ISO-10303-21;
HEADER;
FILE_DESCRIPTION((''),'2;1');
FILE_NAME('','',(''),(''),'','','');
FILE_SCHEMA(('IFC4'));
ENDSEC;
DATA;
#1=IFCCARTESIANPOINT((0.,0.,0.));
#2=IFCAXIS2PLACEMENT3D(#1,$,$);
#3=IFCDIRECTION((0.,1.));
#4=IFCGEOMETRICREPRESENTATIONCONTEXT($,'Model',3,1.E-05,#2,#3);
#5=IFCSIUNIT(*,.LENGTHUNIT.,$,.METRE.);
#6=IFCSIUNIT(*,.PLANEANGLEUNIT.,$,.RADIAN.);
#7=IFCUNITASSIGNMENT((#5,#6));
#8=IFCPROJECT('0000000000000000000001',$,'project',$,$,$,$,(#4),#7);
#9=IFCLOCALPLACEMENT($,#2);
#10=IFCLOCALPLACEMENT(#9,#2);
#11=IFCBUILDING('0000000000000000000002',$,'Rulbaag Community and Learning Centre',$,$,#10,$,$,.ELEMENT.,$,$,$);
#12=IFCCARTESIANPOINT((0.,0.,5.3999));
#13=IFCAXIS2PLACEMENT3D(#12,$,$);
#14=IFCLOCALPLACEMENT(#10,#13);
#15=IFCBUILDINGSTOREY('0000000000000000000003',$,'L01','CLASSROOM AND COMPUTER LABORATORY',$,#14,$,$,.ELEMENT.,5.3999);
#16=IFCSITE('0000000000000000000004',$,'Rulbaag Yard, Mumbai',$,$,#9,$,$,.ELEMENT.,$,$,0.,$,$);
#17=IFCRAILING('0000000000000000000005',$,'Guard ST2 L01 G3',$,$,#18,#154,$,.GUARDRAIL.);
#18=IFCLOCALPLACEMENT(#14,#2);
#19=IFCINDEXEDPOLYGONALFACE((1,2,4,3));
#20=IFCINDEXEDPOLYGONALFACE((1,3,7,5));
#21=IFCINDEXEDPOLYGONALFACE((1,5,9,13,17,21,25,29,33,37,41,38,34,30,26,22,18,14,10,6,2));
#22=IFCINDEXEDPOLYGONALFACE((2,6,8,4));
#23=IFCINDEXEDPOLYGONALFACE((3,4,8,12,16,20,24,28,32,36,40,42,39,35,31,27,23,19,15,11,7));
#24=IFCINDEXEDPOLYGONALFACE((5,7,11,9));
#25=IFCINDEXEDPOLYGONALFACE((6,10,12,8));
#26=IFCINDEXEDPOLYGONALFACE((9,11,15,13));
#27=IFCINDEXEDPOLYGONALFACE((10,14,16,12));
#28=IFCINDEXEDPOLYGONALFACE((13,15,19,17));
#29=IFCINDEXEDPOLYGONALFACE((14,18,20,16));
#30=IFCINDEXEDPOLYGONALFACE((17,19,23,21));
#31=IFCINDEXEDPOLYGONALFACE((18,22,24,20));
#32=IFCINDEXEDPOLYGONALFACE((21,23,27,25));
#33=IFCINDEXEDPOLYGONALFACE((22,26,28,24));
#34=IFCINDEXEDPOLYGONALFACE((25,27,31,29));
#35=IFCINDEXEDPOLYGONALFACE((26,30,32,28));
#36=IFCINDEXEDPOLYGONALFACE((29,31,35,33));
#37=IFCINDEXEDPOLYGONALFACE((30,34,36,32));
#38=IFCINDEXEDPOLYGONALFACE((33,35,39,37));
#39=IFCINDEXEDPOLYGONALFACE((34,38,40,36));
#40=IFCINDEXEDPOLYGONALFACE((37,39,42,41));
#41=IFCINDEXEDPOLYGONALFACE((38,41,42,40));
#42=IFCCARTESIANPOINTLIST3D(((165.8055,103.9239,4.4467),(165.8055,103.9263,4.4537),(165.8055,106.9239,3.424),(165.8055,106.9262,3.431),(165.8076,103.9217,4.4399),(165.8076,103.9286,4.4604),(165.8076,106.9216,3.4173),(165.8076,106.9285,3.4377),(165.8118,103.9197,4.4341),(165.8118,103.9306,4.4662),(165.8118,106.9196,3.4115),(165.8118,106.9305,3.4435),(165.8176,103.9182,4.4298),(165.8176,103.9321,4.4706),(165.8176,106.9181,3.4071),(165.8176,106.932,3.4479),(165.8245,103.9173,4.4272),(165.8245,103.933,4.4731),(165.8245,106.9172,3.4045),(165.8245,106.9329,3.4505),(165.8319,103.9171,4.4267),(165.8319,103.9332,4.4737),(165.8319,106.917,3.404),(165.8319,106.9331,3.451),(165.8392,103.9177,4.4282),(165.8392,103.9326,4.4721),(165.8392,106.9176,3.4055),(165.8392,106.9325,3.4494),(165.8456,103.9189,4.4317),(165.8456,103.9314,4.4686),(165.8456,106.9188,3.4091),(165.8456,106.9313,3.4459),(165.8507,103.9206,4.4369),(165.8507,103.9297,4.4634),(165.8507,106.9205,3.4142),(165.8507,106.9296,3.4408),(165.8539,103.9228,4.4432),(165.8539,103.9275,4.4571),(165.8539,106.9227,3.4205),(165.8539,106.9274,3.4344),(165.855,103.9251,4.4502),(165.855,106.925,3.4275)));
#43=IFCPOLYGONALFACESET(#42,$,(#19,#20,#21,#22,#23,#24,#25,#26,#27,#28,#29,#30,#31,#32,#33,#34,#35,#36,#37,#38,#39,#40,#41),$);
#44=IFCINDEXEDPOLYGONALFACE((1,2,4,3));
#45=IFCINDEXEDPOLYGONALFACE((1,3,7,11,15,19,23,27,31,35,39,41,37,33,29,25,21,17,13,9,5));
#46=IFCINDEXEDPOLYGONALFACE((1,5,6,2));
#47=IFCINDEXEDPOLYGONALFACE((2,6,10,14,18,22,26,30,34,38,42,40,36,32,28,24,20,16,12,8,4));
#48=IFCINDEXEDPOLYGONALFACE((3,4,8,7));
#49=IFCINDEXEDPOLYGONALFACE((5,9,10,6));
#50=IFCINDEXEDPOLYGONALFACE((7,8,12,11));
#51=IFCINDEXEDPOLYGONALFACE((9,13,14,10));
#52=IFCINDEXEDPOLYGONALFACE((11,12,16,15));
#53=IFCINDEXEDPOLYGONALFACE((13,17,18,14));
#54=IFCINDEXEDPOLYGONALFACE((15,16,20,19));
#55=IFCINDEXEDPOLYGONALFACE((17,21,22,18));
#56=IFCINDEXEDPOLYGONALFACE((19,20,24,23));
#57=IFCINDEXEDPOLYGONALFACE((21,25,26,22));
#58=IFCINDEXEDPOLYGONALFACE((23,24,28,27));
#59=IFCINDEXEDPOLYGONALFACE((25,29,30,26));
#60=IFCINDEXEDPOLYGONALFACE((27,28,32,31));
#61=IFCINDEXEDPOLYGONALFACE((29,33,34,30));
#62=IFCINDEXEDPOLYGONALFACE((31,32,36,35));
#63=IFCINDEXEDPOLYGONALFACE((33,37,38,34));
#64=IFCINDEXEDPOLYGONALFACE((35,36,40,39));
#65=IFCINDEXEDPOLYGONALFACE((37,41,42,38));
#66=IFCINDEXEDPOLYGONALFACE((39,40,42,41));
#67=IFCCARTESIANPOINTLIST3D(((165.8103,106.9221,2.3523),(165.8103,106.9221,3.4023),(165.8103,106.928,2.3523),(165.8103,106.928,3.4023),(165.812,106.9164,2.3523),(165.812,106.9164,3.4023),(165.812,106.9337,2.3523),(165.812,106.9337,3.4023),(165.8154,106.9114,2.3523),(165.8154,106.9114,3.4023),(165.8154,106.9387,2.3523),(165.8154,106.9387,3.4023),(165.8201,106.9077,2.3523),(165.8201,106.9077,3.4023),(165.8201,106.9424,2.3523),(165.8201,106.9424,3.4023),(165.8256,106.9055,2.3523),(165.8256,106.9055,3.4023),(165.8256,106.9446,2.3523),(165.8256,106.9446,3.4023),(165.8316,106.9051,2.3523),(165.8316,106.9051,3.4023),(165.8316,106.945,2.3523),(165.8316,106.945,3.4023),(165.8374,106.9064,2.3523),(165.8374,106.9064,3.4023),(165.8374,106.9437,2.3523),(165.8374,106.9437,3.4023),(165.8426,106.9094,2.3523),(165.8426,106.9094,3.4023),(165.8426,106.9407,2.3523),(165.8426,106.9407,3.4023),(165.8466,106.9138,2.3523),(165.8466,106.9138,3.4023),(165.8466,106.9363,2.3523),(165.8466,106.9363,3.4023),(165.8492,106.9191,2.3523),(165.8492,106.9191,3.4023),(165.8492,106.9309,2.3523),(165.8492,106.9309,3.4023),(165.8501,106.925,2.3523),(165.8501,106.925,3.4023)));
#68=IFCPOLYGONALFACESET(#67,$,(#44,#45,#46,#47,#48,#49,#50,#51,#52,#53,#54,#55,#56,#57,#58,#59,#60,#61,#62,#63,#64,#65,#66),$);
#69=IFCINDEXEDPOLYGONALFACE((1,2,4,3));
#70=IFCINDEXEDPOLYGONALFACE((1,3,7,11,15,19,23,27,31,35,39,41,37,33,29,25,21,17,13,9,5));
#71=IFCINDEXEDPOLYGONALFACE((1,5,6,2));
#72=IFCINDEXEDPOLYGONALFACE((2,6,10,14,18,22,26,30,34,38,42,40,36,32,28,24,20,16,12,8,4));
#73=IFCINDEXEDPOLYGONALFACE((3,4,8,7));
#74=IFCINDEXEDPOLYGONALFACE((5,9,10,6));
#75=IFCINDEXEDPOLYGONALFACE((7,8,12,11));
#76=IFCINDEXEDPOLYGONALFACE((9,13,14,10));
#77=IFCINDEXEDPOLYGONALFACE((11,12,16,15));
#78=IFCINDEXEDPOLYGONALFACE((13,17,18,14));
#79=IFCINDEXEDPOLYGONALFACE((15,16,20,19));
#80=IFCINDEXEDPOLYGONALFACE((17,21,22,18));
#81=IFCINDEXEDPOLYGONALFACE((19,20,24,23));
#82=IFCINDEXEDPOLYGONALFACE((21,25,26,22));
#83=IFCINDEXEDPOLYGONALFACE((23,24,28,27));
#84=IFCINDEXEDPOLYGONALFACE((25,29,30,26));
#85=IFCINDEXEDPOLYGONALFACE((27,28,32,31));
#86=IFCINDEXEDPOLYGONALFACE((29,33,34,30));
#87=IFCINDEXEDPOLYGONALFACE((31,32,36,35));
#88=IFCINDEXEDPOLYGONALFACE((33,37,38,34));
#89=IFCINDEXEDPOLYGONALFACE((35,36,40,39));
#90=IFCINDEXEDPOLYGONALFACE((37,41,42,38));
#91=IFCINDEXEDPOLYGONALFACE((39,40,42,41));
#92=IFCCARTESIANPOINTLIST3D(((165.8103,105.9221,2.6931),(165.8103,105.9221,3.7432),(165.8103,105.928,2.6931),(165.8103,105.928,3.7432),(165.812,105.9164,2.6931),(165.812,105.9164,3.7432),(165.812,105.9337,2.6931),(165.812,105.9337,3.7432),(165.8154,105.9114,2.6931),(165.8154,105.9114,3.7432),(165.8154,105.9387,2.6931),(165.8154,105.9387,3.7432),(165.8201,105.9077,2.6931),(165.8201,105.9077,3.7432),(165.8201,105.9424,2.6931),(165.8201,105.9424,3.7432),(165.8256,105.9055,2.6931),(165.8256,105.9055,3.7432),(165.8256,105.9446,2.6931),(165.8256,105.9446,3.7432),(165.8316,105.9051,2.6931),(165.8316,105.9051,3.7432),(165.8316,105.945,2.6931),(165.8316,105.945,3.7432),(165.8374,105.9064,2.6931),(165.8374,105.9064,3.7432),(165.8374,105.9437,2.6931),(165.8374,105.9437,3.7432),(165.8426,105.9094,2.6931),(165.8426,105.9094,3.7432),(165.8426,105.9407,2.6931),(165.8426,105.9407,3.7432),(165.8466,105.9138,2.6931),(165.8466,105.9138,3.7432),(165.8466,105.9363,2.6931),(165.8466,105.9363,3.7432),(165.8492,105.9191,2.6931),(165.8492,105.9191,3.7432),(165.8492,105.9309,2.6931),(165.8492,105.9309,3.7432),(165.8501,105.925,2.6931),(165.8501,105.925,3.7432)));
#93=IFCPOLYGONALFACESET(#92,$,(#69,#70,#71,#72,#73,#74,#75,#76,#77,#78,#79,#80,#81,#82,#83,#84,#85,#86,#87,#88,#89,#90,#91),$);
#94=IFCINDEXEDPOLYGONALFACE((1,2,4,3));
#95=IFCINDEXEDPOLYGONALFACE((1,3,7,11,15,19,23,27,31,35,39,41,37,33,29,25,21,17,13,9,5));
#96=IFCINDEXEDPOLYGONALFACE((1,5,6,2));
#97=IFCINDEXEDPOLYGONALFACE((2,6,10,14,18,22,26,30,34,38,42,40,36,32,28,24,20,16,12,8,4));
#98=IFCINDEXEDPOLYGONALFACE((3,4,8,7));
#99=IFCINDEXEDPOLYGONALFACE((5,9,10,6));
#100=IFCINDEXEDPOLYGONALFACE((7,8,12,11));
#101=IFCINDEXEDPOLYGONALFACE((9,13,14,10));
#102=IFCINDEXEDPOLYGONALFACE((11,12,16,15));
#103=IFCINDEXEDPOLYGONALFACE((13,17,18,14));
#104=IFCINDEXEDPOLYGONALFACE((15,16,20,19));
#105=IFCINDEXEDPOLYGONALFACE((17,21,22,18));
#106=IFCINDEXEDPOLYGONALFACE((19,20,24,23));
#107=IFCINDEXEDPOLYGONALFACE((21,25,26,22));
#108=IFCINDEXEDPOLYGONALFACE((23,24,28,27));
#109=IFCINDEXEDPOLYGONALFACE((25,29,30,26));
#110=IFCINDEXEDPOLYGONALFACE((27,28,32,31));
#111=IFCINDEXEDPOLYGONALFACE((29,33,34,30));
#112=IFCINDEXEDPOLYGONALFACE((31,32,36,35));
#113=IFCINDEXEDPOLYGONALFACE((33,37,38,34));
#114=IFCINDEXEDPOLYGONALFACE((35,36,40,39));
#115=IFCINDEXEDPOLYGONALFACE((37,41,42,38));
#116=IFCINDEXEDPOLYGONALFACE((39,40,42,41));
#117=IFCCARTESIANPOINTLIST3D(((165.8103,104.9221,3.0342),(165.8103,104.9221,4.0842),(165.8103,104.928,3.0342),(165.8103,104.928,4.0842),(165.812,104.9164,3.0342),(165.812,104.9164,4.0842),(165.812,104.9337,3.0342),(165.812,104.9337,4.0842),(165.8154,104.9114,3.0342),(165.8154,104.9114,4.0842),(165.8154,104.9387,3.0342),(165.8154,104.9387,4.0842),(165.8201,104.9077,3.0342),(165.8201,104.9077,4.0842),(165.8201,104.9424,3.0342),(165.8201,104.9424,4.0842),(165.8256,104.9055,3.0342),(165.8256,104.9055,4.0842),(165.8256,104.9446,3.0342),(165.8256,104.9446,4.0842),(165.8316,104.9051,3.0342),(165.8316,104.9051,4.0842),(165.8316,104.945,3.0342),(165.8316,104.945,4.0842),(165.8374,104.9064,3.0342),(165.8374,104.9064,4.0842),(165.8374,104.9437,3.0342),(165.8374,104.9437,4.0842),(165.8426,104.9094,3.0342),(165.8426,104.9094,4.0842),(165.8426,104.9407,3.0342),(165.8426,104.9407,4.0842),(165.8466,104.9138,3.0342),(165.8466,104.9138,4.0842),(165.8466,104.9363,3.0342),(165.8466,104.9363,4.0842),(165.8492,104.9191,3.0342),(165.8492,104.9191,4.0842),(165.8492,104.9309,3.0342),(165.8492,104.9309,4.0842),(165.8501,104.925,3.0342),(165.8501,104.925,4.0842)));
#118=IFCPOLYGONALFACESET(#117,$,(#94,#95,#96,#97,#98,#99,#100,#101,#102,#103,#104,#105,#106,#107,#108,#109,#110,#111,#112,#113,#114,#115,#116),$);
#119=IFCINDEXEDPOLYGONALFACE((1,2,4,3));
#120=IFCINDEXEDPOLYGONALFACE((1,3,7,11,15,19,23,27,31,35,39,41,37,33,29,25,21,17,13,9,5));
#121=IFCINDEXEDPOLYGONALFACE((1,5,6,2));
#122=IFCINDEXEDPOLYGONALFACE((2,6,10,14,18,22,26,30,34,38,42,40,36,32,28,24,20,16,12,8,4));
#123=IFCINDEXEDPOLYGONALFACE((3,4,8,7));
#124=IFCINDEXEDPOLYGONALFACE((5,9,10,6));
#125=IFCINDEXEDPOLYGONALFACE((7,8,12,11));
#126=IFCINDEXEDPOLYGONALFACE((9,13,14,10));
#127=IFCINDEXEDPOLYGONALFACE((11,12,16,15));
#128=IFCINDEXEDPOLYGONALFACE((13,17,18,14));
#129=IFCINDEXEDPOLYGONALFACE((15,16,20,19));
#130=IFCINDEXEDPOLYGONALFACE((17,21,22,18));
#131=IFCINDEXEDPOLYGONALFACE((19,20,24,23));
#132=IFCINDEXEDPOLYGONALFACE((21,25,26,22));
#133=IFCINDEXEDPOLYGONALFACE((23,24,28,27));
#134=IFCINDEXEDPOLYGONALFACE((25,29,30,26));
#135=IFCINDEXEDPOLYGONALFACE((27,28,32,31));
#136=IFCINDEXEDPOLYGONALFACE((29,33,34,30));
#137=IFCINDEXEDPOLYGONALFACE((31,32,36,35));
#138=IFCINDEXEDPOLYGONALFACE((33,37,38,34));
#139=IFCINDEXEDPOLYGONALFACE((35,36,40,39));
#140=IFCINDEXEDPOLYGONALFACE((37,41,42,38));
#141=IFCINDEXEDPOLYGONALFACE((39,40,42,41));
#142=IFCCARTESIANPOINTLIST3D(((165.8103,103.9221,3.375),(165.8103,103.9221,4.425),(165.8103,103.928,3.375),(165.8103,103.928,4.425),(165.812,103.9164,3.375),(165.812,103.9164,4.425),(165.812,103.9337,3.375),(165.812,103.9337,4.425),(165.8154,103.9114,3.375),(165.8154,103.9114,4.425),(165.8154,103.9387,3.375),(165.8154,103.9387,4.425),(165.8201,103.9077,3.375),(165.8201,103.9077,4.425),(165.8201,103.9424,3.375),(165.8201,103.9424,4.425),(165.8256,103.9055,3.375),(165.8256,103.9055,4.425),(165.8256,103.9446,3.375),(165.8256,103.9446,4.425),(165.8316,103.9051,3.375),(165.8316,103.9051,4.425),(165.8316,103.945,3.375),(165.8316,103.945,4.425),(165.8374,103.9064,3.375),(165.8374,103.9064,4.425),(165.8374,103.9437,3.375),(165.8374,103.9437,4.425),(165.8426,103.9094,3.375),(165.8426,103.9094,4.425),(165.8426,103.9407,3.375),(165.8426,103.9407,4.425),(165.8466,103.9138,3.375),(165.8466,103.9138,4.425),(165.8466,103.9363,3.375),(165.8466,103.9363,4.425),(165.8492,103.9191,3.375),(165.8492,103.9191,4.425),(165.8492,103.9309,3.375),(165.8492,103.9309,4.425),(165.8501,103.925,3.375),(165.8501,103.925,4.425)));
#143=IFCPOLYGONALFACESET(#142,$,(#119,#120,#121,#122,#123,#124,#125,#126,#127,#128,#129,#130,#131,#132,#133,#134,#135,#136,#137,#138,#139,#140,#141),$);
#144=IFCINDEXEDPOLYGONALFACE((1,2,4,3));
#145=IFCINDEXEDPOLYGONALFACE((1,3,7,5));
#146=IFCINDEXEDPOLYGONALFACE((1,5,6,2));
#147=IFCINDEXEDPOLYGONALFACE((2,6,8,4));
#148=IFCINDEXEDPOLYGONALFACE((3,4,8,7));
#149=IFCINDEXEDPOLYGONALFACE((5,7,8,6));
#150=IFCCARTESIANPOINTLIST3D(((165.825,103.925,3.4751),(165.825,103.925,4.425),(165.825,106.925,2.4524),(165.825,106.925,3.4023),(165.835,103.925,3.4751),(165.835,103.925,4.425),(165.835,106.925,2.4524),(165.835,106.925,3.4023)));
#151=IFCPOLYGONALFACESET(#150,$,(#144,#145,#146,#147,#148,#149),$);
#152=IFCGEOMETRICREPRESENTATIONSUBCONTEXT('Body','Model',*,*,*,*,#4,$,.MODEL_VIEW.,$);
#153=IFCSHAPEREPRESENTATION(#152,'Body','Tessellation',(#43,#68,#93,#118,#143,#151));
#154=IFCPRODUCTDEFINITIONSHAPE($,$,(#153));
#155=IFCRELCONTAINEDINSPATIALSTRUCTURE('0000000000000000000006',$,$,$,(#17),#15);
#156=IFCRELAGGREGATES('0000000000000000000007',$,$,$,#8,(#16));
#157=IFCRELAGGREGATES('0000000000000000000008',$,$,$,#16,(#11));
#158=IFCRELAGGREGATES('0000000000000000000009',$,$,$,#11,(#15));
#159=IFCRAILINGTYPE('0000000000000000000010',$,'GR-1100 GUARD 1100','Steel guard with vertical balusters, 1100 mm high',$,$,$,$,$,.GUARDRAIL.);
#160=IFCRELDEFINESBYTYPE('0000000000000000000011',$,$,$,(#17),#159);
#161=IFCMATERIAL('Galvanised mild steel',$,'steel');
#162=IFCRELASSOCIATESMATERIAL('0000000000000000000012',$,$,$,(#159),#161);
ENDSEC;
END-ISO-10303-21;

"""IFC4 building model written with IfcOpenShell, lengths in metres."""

from ifc_helpers import new_model, si_unit, direction, frame, origin, origin_2d, place, context, subcontext, project, spatial, polyline, circle, outline, extrude, material, type_object, element, save


model = new_model("IFC4")

# Units and contexts
model_context = context("Model", 3, precision=1e-05, world=origin(), true_north=direction((0.0, 1.0)))
body_context = subcontext(model_context, "Body", "Model", "MODEL_VIEW")
ifc_project = project(units=[si_unit("LENGTHUNIT", "METRE"), si_unit("PLANEANGLEUNIT", "RADIAN")], contexts=[model_context])

# Site, building, storey
site_placement = place(None, origin())
site = spatial("IfcSite", under=ifc_project, at=site_placement, Name="Rulbaag Yard, Mumbai", CompositionType="ELEMENT", RefElevation=0.0)
building_placement = place(site_placement, origin())
building = spatial("IfcBuilding", under=site, at=building_placement, Name="Rulbaag Community and Learning Centre", CompositionType="ELEMENT")
storey_placement = place(building_placement, frame((0.0, 0.0, 5.3999)))
storey = spatial("IfcBuildingStorey", under=building, at=storey_placement, Name="L01", Description="CLASSROOM AND COMPUTER LABORATORY", CompositionType="ELEMENT", Elevation=5.3999)

# Railing
ifc_material_1 = material(Name="Galvanised mild steel", Category="steel")
railing_type_1 = type_object("IfcRailingType", Name="GR-1100 GUARD 1100", Description="Steel guard with vertical balusters, 1100 mm high", PredefinedType="GUARDRAIL", material=ifc_material_1)
railing_1_placement = place(storey_placement, frame((165.8301, 106.925, 2.3523)))
element("IfcRailing", 1, at=railing_1_placement, inside=storey, type_object=railing_type_1, Name="Guard ST2 L01 G3", PredefinedType="GUARDRAIL", context=body_context, shape_type="SweptSolid", body=[
    extrude(circle(Radius=0.0249, at=origin_2d()), frame((0.0, 0.0, 1.0752), z_axis=(0.0, -0.946512, 0.322668), x_axis=(1.0, 0.0, 0.0)), (0.0, 0.0, 1.0), 3.1694),
    extrude(circle(Radius=0.02, at=origin_2d()), origin(), (0.0, 0.0, 1.0), 1.05),
    extrude(circle(Radius=0.02, at=origin_2d()), frame((0.0, -1.0, 0.3408)), (0.0, 0.0, 1.0), 1.05),
    extrude(circle(Radius=0.02, at=origin_2d()), frame((0.0, -2.0, 0.6819)), (0.0, 0.0, 1.0), 1.05),
    extrude(circle(Radius=0.02, at=origin_2d()), frame((0.0, -3.0, 1.0227)), (0.0, 0.0, 1.0), 1.05),
    extrude(outline(polyline([(0.0, 0.0), (3.0, 1.0227), (3.0, 1.9727), (0.0, 0.95), (0.0, 0.0)])), frame((0.0049, 0.0, 0.1001), z_axis=(-1.0, 0.0, 0.0), x_axis=(0.0, -1.0, 0.0)), (0.0, 0.0, 1.0), 0.01),
])

save(model, "model.ifc")
